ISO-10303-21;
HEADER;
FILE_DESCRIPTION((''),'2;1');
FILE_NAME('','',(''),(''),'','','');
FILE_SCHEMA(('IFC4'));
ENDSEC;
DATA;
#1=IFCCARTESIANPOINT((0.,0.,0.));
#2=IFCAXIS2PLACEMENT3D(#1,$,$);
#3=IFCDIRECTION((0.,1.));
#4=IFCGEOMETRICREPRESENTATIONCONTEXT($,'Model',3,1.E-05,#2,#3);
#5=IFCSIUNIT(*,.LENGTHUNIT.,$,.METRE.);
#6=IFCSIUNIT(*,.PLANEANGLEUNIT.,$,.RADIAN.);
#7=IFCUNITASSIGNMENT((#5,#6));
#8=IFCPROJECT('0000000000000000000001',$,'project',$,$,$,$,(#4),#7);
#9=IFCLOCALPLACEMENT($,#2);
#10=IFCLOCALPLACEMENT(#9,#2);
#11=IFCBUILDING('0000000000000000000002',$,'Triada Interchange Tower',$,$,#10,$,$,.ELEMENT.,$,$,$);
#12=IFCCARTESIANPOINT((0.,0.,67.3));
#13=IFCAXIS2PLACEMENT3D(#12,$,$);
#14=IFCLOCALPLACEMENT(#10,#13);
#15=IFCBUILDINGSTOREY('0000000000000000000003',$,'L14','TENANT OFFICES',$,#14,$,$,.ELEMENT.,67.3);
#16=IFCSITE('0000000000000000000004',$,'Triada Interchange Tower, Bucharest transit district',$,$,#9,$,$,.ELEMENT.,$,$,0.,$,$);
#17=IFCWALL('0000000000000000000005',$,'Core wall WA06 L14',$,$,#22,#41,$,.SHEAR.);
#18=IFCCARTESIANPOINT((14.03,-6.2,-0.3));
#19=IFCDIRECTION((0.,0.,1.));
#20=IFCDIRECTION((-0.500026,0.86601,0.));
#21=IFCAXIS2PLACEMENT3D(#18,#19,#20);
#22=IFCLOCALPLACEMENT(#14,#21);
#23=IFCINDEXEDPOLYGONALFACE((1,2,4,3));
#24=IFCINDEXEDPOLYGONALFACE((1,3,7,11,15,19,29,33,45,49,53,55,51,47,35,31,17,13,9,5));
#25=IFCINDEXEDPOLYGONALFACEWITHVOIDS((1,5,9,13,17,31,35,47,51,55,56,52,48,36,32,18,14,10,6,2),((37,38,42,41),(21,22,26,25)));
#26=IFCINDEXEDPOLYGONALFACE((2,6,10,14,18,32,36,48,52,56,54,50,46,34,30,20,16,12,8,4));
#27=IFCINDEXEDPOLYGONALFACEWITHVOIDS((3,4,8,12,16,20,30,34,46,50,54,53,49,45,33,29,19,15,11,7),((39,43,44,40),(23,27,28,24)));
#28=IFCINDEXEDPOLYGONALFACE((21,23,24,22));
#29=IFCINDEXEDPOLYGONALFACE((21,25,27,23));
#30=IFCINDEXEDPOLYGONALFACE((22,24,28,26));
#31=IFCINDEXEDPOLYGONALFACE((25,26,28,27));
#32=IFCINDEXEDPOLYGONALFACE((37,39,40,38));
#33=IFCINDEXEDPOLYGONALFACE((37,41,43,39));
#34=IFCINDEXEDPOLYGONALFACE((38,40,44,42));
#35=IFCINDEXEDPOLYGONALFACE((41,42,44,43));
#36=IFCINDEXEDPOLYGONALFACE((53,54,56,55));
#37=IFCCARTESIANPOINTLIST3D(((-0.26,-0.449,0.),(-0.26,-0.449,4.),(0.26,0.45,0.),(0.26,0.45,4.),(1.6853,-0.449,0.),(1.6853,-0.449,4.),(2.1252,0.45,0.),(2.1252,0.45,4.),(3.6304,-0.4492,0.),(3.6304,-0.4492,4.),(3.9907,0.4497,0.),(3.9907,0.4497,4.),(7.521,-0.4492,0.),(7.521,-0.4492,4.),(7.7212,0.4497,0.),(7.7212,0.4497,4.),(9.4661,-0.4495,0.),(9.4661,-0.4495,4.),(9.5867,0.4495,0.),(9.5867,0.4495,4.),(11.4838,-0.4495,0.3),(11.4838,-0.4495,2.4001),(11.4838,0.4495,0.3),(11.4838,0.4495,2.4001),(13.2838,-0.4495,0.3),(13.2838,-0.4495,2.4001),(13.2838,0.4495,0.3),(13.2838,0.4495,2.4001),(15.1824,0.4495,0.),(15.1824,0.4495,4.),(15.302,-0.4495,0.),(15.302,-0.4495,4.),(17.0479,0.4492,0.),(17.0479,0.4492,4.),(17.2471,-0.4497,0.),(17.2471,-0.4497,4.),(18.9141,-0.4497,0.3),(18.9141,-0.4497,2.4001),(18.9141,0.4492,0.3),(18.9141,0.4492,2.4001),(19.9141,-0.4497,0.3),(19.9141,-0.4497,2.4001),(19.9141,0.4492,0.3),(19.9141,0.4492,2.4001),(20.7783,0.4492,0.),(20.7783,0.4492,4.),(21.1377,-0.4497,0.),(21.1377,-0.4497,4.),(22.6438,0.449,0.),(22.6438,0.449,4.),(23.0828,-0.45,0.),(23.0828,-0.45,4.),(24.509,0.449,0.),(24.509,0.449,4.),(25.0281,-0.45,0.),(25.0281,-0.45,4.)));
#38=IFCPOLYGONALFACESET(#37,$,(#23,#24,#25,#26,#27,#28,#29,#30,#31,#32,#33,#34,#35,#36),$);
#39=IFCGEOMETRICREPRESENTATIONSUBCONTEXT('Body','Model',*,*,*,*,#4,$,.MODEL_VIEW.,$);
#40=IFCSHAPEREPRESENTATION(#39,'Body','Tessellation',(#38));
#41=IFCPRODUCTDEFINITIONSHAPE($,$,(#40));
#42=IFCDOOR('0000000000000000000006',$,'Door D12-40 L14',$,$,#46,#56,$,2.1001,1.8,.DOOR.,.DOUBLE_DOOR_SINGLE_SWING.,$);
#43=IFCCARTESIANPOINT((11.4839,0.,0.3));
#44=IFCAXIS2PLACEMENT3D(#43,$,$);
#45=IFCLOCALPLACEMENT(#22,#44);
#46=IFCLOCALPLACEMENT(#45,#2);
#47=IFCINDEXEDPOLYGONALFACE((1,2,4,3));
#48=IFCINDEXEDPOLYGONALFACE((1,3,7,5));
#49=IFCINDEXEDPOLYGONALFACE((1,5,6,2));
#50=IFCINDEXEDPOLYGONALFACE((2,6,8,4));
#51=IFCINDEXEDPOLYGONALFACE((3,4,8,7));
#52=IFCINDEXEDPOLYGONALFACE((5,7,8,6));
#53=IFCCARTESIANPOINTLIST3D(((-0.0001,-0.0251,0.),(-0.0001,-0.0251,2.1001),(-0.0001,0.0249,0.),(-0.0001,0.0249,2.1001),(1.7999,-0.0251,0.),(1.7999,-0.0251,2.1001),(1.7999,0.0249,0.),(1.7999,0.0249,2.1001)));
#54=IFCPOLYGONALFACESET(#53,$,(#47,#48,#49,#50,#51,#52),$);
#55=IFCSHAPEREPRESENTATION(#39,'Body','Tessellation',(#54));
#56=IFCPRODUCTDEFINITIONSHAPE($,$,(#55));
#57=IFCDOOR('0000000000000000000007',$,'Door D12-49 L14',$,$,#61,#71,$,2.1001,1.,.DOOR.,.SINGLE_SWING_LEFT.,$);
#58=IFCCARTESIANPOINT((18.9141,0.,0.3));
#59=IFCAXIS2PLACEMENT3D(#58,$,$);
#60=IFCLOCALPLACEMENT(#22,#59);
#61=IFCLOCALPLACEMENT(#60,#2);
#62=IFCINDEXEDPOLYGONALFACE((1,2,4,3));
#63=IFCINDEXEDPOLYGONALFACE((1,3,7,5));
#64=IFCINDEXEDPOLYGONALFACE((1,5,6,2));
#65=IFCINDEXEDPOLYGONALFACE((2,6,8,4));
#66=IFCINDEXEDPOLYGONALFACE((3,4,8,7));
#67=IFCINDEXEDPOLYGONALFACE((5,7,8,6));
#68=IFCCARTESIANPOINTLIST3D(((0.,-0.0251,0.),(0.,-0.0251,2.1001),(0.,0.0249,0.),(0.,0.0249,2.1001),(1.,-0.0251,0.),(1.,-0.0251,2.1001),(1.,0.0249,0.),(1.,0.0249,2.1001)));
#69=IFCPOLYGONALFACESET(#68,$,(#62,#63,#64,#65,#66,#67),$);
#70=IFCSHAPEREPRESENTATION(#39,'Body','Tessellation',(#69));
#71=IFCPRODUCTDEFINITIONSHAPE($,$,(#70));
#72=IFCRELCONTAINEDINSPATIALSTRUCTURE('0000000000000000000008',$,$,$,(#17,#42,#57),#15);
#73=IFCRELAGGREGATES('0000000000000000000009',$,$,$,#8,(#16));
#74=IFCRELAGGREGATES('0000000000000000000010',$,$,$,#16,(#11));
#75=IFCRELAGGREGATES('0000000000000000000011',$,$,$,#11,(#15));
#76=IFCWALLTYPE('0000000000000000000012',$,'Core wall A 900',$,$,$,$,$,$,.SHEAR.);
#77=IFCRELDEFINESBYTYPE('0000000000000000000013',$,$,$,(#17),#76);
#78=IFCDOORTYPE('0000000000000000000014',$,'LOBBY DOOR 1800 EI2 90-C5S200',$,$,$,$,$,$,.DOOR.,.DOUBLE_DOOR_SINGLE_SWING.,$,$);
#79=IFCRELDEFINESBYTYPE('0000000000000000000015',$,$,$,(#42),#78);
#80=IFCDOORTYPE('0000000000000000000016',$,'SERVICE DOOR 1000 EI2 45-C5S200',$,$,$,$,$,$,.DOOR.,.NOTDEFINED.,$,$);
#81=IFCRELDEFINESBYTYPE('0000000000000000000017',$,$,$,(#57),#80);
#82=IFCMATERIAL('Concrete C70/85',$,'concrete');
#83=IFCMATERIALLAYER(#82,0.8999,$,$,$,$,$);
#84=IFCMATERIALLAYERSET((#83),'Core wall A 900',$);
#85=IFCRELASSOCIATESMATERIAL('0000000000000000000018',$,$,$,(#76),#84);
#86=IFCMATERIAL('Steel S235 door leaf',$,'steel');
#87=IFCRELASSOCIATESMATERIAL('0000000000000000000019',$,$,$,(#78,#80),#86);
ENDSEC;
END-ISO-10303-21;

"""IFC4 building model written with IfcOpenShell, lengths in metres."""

from ifc_helpers import new_model, si_unit, direction, frame, frame_2d, origin, place, context, subcontext, project, spatial, polyline, rectangle, outline, extrude, material, layer, layer_set, type_object, element, fill, save


model = new_model("IFC4")

# Units and contexts
model_context = context("Model", 3, precision=1e-05, world=origin(), true_north=direction((0.0, 1.0)))
body_context = subcontext(model_context, "Body", "Model", "MODEL_VIEW")
ifc_project = project(units=[si_unit("LENGTHUNIT", "METRE"), si_unit("PLANEANGLEUNIT", "RADIAN")], contexts=[model_context])

# Site, building, storey
site_placement = place(None, origin())
site = spatial("IfcSite", under=ifc_project, at=site_placement, Name="Triada Interchange Tower, Bucharest transit district", CompositionType="ELEMENT", RefElevation=0.0)
building_placement = place(site_placement, origin())
building = spatial("IfcBuilding", under=site, at=building_placement, Name="Triada Interchange Tower", CompositionType="ELEMENT")
storey_placement = place(building_placement, frame((0.0, 0.0, 67.3)))
storey = spatial("IfcBuildingStorey", under=building, at=storey_placement, Name="L14", Description="TENANT OFFICES", CompositionType="ELEMENT", Elevation=67.3)

# Shared definitions
ifc_material_1 = material(Name="Steel S235 door leaf", Category="steel")

# Shared definitions
ifc_material_2 = material(Name="Concrete C70/85", Category="concrete")
ifc_layer_1 = layer(ifc_material_2, 0.8999)
ifc_layer_set_1 = layer_set([ifc_layer_1], Name="Core wall A 900")
wall_type_1 = type_object("IfcWallType", Name="Core wall A 900", PredefinedType="SHEAR", material=ifc_layer_set_1)

# Wall, openings, doors
wall_1_placement = place(storey_placement, frame((14.03, -6.2, -0.3), z_axis=(0.0, 0.0, 1.0), x_axis=(-0.500026, 0.86601, 0.0)))
wall_1 = element("IfcWall", 1, at=wall_1_placement, inside=storey, type_object=wall_type_1, Name="Core wall WA06 L14", PredefinedType="SHEAR", context=body_context, shape_type="SweptSolid", body=[
    extrude(outline(polyline([(-0.26, -0.449), (1.6853, -0.449), (3.6304, -0.4492), (5.5757, -0.4492), (7.521, -0.4492), (9.4661, -0.4495), (11.4114, -0.4495), (13.3567, -0.4495), (15.302, -0.4495), (17.2471, -0.4497), (19.1924, -0.4497), (21.1377, -0.4497), (23.0828, -0.45), (25.0281, -0.45), (24.509, 0.449), (22.6438, 0.449), (20.7783, 0.4492), (18.9131, 0.4492), (17.0479, 0.4492), (15.1824, 0.4495), (13.3171, 0.4495), (11.4519, 0.4495), (9.5867, 0.4495), (7.7212, 0.4497), (5.856, 0.4497), (3.9907, 0.4497), (2.1252, 0.45), (0.26, 0.45), (-0.26, -0.449)])), origin(), (0.0, 0.0, 1.0), 4.0),
])
opening_1_placement = place(wall_1_placement, frame((11.4839, 0.0, 0.3)))
opening_1 = element("IfcOpeningElement", 2, at=opening_1_placement, cuts=wall_1, PredefinedType="OPENING", context=body_context, shape_type="SweptSolid", body=[
    extrude(rectangle(XDim=1.8, YDim=2.1001, at=frame_2d((0.8999, 1.05))), frame((0.0, 0.46, 0.0), z_axis=(0.0, -1.0, 0.0), x_axis=(1.0, 0.0, 0.0)), (0.0, 0.0, 1.0), 0.9199),
])
opening_2_placement = place(wall_1_placement, frame((18.9141, 0.0, 0.3)))
opening_2 = element("IfcOpeningElement", 3, at=opening_2_placement, cuts=wall_1, PredefinedType="OPENING", context=body_context, shape_type="SweptSolid", body=[
    extrude(rectangle(XDim=1.0, YDim=2.1001, at=frame_2d((0.5, 1.05))), frame((0.0, 0.46, 0.0), z_axis=(0.0, -1.0, 0.0), x_axis=(1.0, 0.0, 0.0)), (0.0, 0.0, 1.0), 0.9199),
])
door_type_1 = type_object("IfcDoorType", Name="LOBBY DOOR 1800 EI2 90-C5S200", OperationType="DOUBLE_DOOR_SINGLE_SWING", PredefinedType="DOOR", material=ifc_material_1)
door_1_placement = place(opening_1_placement, origin())
door_1 = element("IfcDoor", 4, at=door_1_placement, inside=storey, type_object=door_type_1, Name="Door D12-40 L14", OperationType="DOUBLE_DOOR_SINGLE_SWING", OverallHeight=2.1001, OverallWidth=1.8, PredefinedType="DOOR", context=body_context, shape_type="SweptSolid", body=[
    extrude(rectangle(XDim=1.8, YDim=2.1001, at=frame_2d((0.8999, 1.05))), frame((0.0, 0.0249, 0.0), z_axis=(0.0, -1.0, 0.0), x_axis=(1.0, 0.0, 0.0)), (0.0, 0.0, 1.0), 0.05),
])
fill(opening_1, door_1)
door_type_2 = type_object("IfcDoorType", Name="SERVICE DOOR 1000 EI2 45-C5S200", OperationType="NOTDEFINED", PredefinedType="DOOR", material=ifc_material_1)
door_2_placement = place(opening_2_placement, origin())
door_2 = element("IfcDoor", 5, at=door_2_placement, inside=storey, type_object=door_type_2, Name="Door D12-49 L14", OperationType="SINGLE_SWING_LEFT", OverallHeight=2.1001, OverallWidth=1.0, PredefinedType="DOOR", context=body_context, shape_type="SweptSolid", body=[
    extrude(rectangle(XDim=1.0, YDim=2.1001, at=frame_2d((0.5, 1.05))), frame((0.0, 0.0249, 0.0), z_axis=(0.0, -1.0, 0.0), x_axis=(1.0, 0.0, 0.0)), (0.0, 0.0, 1.0), 0.05),
])
fill(opening_2, door_2)

save(model, "model.ifc")
